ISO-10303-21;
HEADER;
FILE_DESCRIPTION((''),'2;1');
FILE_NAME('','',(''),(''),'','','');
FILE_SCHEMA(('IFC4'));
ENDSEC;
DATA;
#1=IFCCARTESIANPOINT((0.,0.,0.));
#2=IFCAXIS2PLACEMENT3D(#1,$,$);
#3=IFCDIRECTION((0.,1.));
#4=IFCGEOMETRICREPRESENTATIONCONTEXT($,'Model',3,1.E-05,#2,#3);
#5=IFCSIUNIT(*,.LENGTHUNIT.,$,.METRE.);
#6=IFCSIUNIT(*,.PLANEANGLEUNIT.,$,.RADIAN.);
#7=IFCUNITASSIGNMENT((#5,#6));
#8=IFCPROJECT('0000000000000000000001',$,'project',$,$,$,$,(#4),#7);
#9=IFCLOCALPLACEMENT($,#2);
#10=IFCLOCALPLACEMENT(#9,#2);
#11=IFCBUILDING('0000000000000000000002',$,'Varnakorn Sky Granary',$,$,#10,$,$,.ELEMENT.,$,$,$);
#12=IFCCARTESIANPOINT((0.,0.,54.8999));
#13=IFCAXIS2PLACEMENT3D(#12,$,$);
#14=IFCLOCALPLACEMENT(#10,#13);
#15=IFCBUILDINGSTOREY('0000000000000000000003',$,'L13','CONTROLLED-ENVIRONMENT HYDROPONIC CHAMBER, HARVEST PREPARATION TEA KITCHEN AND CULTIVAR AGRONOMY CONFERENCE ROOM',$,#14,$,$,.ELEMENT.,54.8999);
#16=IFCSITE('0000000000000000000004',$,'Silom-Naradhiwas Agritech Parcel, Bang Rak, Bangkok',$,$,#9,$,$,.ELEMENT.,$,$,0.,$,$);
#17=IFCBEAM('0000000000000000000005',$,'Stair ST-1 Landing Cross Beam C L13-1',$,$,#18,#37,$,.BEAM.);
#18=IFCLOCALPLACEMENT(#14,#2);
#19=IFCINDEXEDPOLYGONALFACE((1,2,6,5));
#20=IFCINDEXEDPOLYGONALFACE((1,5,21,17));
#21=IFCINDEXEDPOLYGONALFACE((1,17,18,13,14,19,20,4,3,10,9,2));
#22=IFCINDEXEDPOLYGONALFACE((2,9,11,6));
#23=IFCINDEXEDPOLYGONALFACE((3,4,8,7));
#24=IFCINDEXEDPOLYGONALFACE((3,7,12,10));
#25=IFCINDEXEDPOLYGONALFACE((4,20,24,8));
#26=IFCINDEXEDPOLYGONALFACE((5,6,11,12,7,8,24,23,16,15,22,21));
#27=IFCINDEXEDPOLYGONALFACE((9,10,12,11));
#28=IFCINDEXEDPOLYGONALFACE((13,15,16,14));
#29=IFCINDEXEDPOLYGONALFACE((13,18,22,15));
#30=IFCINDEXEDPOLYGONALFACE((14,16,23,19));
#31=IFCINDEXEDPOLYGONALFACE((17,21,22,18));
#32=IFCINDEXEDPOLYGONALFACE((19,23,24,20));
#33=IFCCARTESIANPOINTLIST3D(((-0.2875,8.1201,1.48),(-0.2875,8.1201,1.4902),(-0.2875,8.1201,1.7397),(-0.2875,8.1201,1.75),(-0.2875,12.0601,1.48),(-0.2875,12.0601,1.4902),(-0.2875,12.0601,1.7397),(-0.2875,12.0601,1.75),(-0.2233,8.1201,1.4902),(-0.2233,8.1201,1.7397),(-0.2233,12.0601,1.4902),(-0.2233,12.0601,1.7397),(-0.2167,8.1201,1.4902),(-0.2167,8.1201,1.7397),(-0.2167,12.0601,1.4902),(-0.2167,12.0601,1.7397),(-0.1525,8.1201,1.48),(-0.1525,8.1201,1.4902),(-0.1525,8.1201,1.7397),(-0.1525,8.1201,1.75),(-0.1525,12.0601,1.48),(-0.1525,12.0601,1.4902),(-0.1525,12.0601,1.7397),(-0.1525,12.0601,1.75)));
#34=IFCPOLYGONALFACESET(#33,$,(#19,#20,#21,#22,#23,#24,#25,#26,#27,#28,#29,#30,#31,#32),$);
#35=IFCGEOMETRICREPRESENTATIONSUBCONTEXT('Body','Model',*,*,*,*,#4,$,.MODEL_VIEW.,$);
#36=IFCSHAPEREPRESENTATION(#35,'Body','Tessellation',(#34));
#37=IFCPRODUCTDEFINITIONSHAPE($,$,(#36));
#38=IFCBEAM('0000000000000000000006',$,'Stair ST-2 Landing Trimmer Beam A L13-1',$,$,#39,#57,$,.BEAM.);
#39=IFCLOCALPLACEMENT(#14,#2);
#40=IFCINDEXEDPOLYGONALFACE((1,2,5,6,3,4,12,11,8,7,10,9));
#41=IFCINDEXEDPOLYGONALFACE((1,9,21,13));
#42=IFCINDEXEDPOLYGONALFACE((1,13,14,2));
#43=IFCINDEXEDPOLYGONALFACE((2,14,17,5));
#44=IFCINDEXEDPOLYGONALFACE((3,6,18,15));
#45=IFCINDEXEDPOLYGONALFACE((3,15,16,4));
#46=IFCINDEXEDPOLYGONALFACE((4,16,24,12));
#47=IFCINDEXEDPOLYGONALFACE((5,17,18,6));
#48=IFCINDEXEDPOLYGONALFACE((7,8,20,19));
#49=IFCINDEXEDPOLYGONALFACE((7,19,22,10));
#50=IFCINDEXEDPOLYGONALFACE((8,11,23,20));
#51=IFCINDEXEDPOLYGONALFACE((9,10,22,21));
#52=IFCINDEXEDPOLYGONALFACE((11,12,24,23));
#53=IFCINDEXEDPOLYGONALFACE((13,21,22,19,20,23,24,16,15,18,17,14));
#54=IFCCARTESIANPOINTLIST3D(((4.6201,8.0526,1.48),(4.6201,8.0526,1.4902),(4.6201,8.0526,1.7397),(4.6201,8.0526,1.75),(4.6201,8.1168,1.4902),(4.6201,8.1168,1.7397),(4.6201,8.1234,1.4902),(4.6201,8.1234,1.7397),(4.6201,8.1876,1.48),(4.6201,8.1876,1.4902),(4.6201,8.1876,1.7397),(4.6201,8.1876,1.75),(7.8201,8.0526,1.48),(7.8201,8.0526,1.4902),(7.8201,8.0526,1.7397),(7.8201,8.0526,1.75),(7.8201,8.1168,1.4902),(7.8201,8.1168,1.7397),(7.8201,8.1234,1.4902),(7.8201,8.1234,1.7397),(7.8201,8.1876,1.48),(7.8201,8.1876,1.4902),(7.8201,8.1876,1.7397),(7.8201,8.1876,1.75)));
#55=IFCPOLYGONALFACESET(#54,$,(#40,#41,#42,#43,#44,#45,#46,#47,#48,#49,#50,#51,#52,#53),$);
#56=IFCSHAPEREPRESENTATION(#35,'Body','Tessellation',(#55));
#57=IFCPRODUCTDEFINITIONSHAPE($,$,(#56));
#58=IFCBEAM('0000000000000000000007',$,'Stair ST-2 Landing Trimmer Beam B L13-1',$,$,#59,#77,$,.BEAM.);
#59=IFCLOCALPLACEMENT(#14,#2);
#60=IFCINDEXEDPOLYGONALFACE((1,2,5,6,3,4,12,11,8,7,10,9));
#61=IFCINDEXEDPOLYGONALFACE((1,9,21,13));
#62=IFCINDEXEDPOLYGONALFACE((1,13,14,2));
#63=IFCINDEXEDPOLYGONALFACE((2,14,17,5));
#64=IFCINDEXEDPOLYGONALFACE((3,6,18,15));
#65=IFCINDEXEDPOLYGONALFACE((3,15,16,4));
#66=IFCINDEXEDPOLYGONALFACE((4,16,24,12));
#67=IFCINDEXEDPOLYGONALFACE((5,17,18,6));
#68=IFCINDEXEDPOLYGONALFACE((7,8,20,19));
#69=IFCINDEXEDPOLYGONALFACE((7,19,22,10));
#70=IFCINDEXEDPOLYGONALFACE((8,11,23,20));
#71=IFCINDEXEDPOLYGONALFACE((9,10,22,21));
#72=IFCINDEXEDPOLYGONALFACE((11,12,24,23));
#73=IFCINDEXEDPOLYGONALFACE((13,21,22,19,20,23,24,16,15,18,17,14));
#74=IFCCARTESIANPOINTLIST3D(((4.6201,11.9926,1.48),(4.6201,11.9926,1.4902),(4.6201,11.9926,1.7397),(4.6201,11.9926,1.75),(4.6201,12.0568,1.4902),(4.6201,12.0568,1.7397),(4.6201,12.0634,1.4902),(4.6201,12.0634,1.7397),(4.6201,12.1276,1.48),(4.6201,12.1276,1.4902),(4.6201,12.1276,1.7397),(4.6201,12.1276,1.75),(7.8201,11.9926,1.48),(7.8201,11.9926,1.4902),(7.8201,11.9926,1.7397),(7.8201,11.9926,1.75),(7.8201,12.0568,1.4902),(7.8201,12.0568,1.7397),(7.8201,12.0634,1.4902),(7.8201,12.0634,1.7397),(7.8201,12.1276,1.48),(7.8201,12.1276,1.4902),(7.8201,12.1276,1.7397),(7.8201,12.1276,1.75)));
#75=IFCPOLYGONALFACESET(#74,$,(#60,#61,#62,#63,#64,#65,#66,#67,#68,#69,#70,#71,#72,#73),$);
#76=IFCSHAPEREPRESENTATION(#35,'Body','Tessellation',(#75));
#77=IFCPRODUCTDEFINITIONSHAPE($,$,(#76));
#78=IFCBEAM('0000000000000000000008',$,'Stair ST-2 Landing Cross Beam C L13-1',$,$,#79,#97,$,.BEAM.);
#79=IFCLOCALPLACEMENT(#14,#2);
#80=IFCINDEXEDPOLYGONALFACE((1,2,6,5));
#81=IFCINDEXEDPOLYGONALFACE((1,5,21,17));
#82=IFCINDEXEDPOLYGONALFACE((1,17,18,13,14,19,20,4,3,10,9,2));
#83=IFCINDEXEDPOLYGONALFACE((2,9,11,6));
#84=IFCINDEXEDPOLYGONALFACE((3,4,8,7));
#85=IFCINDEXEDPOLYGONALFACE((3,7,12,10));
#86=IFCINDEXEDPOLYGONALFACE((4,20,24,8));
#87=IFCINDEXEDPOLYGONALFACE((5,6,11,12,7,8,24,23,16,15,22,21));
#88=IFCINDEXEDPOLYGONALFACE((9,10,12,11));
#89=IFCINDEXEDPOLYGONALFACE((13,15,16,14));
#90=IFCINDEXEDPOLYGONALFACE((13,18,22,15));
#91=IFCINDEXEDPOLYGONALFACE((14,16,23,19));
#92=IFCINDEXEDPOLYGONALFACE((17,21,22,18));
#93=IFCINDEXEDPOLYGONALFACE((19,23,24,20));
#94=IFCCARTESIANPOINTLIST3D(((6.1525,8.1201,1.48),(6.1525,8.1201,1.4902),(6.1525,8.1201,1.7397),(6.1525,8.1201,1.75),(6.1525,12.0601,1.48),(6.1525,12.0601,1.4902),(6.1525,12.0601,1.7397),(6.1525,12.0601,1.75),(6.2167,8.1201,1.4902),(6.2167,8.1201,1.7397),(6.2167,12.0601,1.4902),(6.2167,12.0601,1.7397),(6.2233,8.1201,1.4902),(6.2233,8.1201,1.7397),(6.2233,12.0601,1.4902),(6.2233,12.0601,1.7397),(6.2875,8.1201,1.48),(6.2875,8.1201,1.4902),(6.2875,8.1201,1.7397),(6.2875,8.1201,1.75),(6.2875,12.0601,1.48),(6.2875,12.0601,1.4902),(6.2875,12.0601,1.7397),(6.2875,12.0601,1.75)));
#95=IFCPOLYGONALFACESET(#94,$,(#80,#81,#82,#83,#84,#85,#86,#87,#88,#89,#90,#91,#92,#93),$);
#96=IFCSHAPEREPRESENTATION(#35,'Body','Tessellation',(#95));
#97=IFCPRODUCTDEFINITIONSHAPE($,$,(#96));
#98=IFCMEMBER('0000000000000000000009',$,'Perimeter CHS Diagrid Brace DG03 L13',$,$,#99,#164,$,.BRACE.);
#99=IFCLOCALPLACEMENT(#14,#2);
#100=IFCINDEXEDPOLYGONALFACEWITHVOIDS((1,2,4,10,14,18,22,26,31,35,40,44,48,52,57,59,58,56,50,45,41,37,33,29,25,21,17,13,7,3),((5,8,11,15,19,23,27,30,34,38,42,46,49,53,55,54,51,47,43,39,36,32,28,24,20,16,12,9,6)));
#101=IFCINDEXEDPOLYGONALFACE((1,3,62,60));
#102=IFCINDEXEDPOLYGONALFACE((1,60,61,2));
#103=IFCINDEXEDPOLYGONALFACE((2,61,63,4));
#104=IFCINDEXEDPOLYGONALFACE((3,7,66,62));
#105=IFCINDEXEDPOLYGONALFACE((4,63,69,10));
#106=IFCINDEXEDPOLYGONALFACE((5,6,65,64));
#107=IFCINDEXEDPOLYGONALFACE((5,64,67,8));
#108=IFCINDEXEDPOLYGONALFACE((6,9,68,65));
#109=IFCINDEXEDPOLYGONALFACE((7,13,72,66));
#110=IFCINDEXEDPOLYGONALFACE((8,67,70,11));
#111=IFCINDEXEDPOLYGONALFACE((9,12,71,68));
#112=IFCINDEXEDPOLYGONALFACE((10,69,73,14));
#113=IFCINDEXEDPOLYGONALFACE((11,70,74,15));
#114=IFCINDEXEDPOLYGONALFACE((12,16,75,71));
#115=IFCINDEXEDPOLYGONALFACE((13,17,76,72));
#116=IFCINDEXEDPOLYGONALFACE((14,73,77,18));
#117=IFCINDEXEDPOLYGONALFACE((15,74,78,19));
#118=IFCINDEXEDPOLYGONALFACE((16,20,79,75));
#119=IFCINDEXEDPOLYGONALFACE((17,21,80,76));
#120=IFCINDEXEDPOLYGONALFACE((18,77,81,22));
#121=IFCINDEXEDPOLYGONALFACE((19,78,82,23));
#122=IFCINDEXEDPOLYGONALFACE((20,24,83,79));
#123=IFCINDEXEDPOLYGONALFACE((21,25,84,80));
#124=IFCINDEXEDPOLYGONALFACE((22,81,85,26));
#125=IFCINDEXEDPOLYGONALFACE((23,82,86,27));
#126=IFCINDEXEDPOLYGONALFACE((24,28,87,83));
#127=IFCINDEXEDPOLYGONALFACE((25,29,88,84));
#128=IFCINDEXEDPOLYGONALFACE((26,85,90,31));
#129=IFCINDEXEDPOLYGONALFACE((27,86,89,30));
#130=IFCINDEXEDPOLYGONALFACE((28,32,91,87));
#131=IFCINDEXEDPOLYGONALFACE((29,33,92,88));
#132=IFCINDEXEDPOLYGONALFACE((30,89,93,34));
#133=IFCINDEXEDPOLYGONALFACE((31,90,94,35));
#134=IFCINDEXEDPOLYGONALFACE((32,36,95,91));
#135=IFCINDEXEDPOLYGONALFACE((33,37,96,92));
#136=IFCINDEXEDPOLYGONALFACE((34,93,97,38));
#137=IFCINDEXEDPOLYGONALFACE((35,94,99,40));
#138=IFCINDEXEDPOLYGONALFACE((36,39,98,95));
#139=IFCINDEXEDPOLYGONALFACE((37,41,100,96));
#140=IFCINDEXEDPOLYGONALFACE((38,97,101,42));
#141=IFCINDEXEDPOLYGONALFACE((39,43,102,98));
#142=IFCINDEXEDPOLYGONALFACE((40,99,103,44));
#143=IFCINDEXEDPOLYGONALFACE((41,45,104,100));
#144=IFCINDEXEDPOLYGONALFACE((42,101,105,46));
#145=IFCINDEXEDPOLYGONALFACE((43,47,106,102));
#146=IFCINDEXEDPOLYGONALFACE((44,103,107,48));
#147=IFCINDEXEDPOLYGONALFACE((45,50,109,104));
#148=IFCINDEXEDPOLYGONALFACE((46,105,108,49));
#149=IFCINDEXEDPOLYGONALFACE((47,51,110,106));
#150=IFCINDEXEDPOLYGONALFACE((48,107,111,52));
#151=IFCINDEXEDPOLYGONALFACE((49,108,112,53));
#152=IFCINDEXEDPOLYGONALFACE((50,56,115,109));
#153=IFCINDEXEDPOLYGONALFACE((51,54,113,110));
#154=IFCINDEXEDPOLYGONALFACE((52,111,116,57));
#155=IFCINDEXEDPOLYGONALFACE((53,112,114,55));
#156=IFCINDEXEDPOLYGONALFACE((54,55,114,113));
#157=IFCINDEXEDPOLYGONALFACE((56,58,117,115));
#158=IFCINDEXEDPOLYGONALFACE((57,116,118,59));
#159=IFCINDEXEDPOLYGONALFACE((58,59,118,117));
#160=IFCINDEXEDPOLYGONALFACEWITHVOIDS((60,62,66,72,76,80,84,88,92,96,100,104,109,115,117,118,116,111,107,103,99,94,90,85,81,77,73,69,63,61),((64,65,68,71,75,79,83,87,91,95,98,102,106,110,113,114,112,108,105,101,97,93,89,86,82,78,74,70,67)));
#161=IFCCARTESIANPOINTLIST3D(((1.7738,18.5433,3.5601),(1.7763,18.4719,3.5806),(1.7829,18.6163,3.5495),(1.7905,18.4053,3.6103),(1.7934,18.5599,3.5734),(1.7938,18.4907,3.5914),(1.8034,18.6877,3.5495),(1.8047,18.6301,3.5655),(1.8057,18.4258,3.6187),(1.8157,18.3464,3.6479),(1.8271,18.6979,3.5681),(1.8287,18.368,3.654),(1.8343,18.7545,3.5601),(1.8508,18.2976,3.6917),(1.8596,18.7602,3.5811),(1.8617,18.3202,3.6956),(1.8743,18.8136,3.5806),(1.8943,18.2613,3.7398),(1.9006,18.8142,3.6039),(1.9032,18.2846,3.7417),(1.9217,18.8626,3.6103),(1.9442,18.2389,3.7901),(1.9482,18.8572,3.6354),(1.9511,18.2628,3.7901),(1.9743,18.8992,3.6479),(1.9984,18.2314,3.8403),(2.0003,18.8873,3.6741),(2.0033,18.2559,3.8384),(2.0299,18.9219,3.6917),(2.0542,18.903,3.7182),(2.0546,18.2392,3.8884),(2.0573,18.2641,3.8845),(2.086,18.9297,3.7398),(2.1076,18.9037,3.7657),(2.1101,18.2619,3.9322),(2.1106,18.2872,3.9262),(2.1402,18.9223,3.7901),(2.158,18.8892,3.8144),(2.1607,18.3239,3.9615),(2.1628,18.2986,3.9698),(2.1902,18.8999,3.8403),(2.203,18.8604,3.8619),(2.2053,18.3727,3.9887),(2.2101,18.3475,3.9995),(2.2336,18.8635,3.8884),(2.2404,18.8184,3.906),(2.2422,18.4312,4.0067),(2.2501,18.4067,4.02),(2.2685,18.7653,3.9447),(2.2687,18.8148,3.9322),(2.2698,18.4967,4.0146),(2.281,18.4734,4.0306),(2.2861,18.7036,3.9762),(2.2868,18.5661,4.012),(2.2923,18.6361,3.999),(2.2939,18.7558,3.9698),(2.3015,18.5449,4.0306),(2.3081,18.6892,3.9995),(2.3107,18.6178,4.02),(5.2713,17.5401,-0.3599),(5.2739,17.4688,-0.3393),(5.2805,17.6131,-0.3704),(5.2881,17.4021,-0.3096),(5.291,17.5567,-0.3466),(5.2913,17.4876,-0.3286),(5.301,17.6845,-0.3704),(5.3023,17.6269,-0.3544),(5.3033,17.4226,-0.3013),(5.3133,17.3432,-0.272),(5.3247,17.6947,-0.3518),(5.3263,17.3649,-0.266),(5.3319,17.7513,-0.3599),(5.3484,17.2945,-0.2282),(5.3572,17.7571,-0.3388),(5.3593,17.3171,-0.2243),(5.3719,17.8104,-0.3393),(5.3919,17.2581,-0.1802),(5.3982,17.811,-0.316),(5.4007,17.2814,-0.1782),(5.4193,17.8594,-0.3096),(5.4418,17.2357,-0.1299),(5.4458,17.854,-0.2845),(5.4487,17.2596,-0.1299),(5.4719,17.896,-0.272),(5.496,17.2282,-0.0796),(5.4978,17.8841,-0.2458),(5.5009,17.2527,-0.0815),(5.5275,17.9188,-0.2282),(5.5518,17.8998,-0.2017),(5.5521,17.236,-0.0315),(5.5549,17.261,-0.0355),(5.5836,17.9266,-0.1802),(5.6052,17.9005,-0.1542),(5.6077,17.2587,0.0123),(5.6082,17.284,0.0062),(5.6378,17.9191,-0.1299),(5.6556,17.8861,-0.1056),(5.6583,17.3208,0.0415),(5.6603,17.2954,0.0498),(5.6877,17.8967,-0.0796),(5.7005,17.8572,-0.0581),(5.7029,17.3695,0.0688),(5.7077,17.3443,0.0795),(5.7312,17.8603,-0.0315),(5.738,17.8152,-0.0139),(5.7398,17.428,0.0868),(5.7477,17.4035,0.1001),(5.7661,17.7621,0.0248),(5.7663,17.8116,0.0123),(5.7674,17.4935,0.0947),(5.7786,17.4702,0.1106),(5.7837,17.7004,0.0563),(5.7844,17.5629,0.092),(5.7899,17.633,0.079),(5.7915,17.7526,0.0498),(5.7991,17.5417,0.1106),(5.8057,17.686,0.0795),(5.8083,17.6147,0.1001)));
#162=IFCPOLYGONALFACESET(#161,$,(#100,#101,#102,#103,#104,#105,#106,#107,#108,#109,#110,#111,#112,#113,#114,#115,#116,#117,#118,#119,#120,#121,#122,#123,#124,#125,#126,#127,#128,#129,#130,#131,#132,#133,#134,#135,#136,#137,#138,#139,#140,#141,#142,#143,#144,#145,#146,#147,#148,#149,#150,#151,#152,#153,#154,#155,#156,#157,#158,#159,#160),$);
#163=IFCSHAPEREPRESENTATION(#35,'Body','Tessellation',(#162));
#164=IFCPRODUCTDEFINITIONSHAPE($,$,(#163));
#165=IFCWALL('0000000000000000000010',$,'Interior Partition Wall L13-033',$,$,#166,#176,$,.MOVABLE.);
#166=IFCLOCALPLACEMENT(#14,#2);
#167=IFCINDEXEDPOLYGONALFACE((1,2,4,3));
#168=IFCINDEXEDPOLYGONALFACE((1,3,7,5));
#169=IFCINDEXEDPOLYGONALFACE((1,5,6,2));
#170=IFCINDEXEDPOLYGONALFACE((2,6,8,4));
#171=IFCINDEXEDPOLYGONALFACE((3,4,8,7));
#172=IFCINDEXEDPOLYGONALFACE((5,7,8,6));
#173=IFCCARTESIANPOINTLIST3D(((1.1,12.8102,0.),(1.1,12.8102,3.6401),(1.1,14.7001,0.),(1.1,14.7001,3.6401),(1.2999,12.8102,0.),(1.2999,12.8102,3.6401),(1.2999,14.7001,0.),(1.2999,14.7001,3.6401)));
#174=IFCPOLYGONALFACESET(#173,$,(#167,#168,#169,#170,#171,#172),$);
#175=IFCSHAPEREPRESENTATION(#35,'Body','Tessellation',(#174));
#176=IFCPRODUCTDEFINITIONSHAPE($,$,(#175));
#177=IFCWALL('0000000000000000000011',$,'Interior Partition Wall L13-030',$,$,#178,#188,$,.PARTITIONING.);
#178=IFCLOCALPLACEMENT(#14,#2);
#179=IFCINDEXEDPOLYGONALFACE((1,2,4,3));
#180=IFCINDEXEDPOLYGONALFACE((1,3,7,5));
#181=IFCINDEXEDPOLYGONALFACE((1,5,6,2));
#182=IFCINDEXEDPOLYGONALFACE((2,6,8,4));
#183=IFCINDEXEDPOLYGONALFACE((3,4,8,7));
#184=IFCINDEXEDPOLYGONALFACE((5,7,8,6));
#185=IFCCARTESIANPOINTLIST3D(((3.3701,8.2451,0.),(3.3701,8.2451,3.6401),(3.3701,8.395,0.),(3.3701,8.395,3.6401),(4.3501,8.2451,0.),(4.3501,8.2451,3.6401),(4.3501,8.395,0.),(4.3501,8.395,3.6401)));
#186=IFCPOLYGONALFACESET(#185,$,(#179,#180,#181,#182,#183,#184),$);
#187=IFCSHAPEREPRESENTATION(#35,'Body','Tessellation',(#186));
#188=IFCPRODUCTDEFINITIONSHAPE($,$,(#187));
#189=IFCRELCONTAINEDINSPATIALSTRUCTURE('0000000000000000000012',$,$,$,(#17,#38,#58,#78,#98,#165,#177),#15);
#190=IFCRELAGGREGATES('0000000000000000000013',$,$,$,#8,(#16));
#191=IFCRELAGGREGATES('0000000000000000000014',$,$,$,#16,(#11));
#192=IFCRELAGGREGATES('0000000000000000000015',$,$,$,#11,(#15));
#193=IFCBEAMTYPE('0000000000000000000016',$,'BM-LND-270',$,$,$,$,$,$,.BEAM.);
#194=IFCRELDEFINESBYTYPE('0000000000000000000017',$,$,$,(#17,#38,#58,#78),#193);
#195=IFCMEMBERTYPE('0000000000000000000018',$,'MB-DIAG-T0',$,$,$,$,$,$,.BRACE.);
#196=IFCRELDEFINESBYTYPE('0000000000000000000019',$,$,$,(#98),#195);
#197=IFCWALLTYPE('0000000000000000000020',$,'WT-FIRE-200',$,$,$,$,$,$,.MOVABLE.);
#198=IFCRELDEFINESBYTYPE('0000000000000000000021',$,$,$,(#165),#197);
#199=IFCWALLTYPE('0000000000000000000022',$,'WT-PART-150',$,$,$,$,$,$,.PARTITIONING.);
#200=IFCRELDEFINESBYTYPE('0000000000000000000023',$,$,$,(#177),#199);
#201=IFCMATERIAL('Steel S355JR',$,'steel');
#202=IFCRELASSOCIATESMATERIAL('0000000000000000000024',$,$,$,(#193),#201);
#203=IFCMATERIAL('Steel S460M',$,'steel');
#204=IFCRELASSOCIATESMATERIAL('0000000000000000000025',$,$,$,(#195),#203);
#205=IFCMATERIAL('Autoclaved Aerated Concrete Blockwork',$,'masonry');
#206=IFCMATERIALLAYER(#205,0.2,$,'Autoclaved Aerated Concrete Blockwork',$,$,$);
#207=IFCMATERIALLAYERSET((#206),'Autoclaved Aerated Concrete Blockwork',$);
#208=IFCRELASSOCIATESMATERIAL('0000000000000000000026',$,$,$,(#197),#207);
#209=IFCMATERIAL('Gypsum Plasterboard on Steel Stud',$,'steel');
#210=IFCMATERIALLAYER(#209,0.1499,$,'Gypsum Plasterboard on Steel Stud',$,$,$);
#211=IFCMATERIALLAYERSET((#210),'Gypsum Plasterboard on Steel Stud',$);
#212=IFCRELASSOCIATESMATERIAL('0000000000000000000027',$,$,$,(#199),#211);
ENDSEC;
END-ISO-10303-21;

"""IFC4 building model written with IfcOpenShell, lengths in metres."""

from ifc_helpers import new_model, si_unit, direction, frame, frame_2d, origin, origin_2d, place, context, subcontext, project, spatial, rectangle, hollow_circle, i_section, extrude, material, layer, layer_set, material_profile, profile_set, type_object, element, save


model = new_model("IFC4")

# Units and contexts
model_context = context("Model", 3, precision=1e-05, world=origin(), true_north=direction((0.0, 1.0)))
body_context = subcontext(model_context, "Body", "Model", "MODEL_VIEW")
ifc_project = project(units=[si_unit("LENGTHUNIT", "METRE"), si_unit("PLANEANGLEUNIT", "RADIAN")], contexts=[model_context])

# Site, building, storey
site_placement = place(None, origin())
site = spatial("IfcSite", under=ifc_project, at=site_placement, Name="Silom-Naradhiwas Agritech Parcel, Bang Rak, Bangkok", CompositionType="ELEMENT", RefElevation=0.0)
building_placement = place(site_placement, origin())
building = spatial("IfcBuilding", under=site, at=building_placement, Name="Varnakorn Sky Granary", CompositionType="ELEMENT")
storey_placement = place(building_placement, frame((0.0, 0.0, 54.8999)))
storey = spatial("IfcBuildingStorey", under=building, at=storey_placement, Name="L13", Description="CONTROLLED-ENVIRONMENT HYDROPONIC CHAMBER, HARVEST PREPARATION TEA KITCHEN AND CULTIVAR AGRONOMY CONFERENCE ROOM", CompositionType="ELEMENT", Elevation=54.8999)

# Beams
ifc_material_1 = material(Name="Steel S355JR", Category="steel")
ifc_material_profile_1 = material_profile(ifc_material_1, i_section(OverallWidth=0.135, OverallDepth=0.27, WebThickness=0.0066, FlangeThickness=0.0103, at=origin_2d()), Name="IPE 270")
ifc_profile_set_1 = profile_set([ifc_material_profile_1], Name="Steel S355JR")
beam_type = type_object("IfcBeamType", Name="BM-LND-270", PredefinedType="BEAM", material=ifc_profile_set_1)
beam_1_placement = place(storey_placement, frame((-0.22, 8.1201, 1.615), z_axis=(0.0, 1.0, 0.0), x_axis=(-1.0, 0.0, 0.0)))
element("IfcBeam", 1, at=beam_1_placement, inside=storey, type_object=beam_type, Name="Stair ST-1 Landing Cross Beam C L13-1", PredefinedType="BEAM", context=body_context, shape_type="SweptSolid", body=[
    extrude(i_section(OverallWidth=0.135, OverallDepth=0.27, WebThickness=0.0066, FlangeThickness=0.0103, at=origin_2d()), origin(), (0.0, 0.0, 1.0), 3.9399),
])
for number, where, z_axis, x_axis, name in (
    (2, (4.6201, 8.1201, 1.615), (1.0, 0.0, 0.0), (0.0, 1.0, 0.0), "Stair ST-2 Landing Trimmer Beam A L13-1"),
    (3, (4.6201, 12.0601, 1.615), (1.0, 0.0, 0.0), (0.0, 1.0, 0.0), "Stair ST-2 Landing Trimmer Beam B L13-1"),
):
    element("IfcBeam", number, at=place(storey_placement, frame(where, z_axis=z_axis, x_axis=x_axis)), inside=storey, type_object=beam_type, Name=name, PredefinedType="BEAM", context=body_context, shape_type="SweptSolid", body=[
        extrude(i_section(OverallWidth=0.135, OverallDepth=0.27, WebThickness=0.0066, FlangeThickness=0.0103, at=origin_2d()), origin(), (0.0, 0.0, 1.0), 3.2),
    ])
beam_2_placement = place(storey_placement, frame((6.22, 8.1201, 1.615), z_axis=(0.0, 1.0, 0.0), x_axis=(-1.0, 0.0, 0.0)))
element("IfcBeam", 4, at=beam_2_placement, inside=storey, type_object=beam_type, Name="Stair ST-2 Landing Cross Beam C L13-1", PredefinedType="BEAM", context=body_context, shape_type="SweptSolid", body=[
    extrude(i_section(OverallWidth=0.135, OverallDepth=0.27, WebThickness=0.0066, FlangeThickness=0.0103, at=origin_2d()), origin(), (0.0, 0.0, 1.0), 3.9399),
])

# Member
ifc_material_2 = material(Name="Steel S460M", Category="steel")
ifc_material_profile_2 = material_profile(ifc_material_2, hollow_circle(Radius=0.3555, WallThickness=0.0249, at=origin_2d()), Name="CHS 711x25")
ifc_profile_set_2 = profile_set([ifc_material_profile_2], Name="Steel S460M")
member_type = type_object("IfcMemberType", Name="MB-DIAG-T0", PredefinedType="BRACE", material=ifc_profile_set_2)
member_placement = place(storey_placement, frame((5.5398, 17.5774, -0.1299), z_axis=(-0.653949, 0.187566, 0.732919), x_axis=(-0.275705, -0.961242, 0.0)))
element("IfcMember", 5, at=member_placement, inside=storey, type_object=member_type, Name="Perimeter CHS Diagrid Brace DG03 L13", PredefinedType="BRACE", context=body_context, shape_type="SweptSolid", body=[
    extrude(hollow_circle(Radius=0.3555, WallThickness=0.0249, at=origin_2d()), origin(), (0.0, 0.0, 1.0), 5.3484),
])

# Walls
ifc_material_3 = material(Name="Autoclaved Aerated Concrete Blockwork", Category="masonry")
ifc_layer_1 = layer(ifc_material_3, 0.2, Name="Autoclaved Aerated Concrete Blockwork")
ifc_layer_set_1 = layer_set([ifc_layer_1], Name="Autoclaved Aerated Concrete Blockwork")
wall_type_1 = type_object("IfcWallType", Name="WT-FIRE-200", PredefinedType="MOVABLE", material=ifc_layer_set_1)
wall_1_placement = place(storey_placement, frame((1.2, 14.7, 0.0), z_axis=(0.0, 0.0, 1.0), x_axis=(0.0, -1.0, 0.0)))
element("IfcWall", 6, at=wall_1_placement, inside=storey, type_object=wall_type_1, Name="Interior Partition Wall L13-033", PredefinedType="MOVABLE", context=body_context, shape_type="SweptSolid", body=[
    extrude(rectangle(XDim=1.8899, YDim=0.2, at=frame_2d((0.9448, 0.0))), origin(), (0.0, 0.0, 1.0), 3.6401),
])
ifc_material_4 = material(Name="Gypsum Plasterboard on Steel Stud", Category="steel")
ifc_layer_2 = layer(ifc_material_4, 0.1499, Name="Gypsum Plasterboard on Steel Stud")
ifc_layer_set_2 = layer_set([ifc_layer_2], Name="Gypsum Plasterboard on Steel Stud")
wall_type_2 = type_object("IfcWallType", Name="WT-PART-150", PredefinedType="PARTITIONING", material=ifc_layer_set_2)
for number, where, z_axis, x_axis, name in (
    (7, (3.3701, 8.3201, 0.0), (0.0, 0.0, 1.0), (1.0, 0.0, 0.0), "Interior Partition Wall L13-030"),
):
    element("IfcWall", number, at=place(storey_placement, frame(where, z_axis=z_axis, x_axis=x_axis)), inside=storey, type_object=wall_type_2, Name=name, PredefinedType="PARTITIONING", context=body_context, shape_type="SweptSolid", body=[
        extrude(rectangle(XDim=0.98, YDim=0.1499, at=frame_2d((0.49, 0.0))), origin(), (0.0, 0.0, 1.0), 3.6401),
    ])

save(model, "model.ifc")
